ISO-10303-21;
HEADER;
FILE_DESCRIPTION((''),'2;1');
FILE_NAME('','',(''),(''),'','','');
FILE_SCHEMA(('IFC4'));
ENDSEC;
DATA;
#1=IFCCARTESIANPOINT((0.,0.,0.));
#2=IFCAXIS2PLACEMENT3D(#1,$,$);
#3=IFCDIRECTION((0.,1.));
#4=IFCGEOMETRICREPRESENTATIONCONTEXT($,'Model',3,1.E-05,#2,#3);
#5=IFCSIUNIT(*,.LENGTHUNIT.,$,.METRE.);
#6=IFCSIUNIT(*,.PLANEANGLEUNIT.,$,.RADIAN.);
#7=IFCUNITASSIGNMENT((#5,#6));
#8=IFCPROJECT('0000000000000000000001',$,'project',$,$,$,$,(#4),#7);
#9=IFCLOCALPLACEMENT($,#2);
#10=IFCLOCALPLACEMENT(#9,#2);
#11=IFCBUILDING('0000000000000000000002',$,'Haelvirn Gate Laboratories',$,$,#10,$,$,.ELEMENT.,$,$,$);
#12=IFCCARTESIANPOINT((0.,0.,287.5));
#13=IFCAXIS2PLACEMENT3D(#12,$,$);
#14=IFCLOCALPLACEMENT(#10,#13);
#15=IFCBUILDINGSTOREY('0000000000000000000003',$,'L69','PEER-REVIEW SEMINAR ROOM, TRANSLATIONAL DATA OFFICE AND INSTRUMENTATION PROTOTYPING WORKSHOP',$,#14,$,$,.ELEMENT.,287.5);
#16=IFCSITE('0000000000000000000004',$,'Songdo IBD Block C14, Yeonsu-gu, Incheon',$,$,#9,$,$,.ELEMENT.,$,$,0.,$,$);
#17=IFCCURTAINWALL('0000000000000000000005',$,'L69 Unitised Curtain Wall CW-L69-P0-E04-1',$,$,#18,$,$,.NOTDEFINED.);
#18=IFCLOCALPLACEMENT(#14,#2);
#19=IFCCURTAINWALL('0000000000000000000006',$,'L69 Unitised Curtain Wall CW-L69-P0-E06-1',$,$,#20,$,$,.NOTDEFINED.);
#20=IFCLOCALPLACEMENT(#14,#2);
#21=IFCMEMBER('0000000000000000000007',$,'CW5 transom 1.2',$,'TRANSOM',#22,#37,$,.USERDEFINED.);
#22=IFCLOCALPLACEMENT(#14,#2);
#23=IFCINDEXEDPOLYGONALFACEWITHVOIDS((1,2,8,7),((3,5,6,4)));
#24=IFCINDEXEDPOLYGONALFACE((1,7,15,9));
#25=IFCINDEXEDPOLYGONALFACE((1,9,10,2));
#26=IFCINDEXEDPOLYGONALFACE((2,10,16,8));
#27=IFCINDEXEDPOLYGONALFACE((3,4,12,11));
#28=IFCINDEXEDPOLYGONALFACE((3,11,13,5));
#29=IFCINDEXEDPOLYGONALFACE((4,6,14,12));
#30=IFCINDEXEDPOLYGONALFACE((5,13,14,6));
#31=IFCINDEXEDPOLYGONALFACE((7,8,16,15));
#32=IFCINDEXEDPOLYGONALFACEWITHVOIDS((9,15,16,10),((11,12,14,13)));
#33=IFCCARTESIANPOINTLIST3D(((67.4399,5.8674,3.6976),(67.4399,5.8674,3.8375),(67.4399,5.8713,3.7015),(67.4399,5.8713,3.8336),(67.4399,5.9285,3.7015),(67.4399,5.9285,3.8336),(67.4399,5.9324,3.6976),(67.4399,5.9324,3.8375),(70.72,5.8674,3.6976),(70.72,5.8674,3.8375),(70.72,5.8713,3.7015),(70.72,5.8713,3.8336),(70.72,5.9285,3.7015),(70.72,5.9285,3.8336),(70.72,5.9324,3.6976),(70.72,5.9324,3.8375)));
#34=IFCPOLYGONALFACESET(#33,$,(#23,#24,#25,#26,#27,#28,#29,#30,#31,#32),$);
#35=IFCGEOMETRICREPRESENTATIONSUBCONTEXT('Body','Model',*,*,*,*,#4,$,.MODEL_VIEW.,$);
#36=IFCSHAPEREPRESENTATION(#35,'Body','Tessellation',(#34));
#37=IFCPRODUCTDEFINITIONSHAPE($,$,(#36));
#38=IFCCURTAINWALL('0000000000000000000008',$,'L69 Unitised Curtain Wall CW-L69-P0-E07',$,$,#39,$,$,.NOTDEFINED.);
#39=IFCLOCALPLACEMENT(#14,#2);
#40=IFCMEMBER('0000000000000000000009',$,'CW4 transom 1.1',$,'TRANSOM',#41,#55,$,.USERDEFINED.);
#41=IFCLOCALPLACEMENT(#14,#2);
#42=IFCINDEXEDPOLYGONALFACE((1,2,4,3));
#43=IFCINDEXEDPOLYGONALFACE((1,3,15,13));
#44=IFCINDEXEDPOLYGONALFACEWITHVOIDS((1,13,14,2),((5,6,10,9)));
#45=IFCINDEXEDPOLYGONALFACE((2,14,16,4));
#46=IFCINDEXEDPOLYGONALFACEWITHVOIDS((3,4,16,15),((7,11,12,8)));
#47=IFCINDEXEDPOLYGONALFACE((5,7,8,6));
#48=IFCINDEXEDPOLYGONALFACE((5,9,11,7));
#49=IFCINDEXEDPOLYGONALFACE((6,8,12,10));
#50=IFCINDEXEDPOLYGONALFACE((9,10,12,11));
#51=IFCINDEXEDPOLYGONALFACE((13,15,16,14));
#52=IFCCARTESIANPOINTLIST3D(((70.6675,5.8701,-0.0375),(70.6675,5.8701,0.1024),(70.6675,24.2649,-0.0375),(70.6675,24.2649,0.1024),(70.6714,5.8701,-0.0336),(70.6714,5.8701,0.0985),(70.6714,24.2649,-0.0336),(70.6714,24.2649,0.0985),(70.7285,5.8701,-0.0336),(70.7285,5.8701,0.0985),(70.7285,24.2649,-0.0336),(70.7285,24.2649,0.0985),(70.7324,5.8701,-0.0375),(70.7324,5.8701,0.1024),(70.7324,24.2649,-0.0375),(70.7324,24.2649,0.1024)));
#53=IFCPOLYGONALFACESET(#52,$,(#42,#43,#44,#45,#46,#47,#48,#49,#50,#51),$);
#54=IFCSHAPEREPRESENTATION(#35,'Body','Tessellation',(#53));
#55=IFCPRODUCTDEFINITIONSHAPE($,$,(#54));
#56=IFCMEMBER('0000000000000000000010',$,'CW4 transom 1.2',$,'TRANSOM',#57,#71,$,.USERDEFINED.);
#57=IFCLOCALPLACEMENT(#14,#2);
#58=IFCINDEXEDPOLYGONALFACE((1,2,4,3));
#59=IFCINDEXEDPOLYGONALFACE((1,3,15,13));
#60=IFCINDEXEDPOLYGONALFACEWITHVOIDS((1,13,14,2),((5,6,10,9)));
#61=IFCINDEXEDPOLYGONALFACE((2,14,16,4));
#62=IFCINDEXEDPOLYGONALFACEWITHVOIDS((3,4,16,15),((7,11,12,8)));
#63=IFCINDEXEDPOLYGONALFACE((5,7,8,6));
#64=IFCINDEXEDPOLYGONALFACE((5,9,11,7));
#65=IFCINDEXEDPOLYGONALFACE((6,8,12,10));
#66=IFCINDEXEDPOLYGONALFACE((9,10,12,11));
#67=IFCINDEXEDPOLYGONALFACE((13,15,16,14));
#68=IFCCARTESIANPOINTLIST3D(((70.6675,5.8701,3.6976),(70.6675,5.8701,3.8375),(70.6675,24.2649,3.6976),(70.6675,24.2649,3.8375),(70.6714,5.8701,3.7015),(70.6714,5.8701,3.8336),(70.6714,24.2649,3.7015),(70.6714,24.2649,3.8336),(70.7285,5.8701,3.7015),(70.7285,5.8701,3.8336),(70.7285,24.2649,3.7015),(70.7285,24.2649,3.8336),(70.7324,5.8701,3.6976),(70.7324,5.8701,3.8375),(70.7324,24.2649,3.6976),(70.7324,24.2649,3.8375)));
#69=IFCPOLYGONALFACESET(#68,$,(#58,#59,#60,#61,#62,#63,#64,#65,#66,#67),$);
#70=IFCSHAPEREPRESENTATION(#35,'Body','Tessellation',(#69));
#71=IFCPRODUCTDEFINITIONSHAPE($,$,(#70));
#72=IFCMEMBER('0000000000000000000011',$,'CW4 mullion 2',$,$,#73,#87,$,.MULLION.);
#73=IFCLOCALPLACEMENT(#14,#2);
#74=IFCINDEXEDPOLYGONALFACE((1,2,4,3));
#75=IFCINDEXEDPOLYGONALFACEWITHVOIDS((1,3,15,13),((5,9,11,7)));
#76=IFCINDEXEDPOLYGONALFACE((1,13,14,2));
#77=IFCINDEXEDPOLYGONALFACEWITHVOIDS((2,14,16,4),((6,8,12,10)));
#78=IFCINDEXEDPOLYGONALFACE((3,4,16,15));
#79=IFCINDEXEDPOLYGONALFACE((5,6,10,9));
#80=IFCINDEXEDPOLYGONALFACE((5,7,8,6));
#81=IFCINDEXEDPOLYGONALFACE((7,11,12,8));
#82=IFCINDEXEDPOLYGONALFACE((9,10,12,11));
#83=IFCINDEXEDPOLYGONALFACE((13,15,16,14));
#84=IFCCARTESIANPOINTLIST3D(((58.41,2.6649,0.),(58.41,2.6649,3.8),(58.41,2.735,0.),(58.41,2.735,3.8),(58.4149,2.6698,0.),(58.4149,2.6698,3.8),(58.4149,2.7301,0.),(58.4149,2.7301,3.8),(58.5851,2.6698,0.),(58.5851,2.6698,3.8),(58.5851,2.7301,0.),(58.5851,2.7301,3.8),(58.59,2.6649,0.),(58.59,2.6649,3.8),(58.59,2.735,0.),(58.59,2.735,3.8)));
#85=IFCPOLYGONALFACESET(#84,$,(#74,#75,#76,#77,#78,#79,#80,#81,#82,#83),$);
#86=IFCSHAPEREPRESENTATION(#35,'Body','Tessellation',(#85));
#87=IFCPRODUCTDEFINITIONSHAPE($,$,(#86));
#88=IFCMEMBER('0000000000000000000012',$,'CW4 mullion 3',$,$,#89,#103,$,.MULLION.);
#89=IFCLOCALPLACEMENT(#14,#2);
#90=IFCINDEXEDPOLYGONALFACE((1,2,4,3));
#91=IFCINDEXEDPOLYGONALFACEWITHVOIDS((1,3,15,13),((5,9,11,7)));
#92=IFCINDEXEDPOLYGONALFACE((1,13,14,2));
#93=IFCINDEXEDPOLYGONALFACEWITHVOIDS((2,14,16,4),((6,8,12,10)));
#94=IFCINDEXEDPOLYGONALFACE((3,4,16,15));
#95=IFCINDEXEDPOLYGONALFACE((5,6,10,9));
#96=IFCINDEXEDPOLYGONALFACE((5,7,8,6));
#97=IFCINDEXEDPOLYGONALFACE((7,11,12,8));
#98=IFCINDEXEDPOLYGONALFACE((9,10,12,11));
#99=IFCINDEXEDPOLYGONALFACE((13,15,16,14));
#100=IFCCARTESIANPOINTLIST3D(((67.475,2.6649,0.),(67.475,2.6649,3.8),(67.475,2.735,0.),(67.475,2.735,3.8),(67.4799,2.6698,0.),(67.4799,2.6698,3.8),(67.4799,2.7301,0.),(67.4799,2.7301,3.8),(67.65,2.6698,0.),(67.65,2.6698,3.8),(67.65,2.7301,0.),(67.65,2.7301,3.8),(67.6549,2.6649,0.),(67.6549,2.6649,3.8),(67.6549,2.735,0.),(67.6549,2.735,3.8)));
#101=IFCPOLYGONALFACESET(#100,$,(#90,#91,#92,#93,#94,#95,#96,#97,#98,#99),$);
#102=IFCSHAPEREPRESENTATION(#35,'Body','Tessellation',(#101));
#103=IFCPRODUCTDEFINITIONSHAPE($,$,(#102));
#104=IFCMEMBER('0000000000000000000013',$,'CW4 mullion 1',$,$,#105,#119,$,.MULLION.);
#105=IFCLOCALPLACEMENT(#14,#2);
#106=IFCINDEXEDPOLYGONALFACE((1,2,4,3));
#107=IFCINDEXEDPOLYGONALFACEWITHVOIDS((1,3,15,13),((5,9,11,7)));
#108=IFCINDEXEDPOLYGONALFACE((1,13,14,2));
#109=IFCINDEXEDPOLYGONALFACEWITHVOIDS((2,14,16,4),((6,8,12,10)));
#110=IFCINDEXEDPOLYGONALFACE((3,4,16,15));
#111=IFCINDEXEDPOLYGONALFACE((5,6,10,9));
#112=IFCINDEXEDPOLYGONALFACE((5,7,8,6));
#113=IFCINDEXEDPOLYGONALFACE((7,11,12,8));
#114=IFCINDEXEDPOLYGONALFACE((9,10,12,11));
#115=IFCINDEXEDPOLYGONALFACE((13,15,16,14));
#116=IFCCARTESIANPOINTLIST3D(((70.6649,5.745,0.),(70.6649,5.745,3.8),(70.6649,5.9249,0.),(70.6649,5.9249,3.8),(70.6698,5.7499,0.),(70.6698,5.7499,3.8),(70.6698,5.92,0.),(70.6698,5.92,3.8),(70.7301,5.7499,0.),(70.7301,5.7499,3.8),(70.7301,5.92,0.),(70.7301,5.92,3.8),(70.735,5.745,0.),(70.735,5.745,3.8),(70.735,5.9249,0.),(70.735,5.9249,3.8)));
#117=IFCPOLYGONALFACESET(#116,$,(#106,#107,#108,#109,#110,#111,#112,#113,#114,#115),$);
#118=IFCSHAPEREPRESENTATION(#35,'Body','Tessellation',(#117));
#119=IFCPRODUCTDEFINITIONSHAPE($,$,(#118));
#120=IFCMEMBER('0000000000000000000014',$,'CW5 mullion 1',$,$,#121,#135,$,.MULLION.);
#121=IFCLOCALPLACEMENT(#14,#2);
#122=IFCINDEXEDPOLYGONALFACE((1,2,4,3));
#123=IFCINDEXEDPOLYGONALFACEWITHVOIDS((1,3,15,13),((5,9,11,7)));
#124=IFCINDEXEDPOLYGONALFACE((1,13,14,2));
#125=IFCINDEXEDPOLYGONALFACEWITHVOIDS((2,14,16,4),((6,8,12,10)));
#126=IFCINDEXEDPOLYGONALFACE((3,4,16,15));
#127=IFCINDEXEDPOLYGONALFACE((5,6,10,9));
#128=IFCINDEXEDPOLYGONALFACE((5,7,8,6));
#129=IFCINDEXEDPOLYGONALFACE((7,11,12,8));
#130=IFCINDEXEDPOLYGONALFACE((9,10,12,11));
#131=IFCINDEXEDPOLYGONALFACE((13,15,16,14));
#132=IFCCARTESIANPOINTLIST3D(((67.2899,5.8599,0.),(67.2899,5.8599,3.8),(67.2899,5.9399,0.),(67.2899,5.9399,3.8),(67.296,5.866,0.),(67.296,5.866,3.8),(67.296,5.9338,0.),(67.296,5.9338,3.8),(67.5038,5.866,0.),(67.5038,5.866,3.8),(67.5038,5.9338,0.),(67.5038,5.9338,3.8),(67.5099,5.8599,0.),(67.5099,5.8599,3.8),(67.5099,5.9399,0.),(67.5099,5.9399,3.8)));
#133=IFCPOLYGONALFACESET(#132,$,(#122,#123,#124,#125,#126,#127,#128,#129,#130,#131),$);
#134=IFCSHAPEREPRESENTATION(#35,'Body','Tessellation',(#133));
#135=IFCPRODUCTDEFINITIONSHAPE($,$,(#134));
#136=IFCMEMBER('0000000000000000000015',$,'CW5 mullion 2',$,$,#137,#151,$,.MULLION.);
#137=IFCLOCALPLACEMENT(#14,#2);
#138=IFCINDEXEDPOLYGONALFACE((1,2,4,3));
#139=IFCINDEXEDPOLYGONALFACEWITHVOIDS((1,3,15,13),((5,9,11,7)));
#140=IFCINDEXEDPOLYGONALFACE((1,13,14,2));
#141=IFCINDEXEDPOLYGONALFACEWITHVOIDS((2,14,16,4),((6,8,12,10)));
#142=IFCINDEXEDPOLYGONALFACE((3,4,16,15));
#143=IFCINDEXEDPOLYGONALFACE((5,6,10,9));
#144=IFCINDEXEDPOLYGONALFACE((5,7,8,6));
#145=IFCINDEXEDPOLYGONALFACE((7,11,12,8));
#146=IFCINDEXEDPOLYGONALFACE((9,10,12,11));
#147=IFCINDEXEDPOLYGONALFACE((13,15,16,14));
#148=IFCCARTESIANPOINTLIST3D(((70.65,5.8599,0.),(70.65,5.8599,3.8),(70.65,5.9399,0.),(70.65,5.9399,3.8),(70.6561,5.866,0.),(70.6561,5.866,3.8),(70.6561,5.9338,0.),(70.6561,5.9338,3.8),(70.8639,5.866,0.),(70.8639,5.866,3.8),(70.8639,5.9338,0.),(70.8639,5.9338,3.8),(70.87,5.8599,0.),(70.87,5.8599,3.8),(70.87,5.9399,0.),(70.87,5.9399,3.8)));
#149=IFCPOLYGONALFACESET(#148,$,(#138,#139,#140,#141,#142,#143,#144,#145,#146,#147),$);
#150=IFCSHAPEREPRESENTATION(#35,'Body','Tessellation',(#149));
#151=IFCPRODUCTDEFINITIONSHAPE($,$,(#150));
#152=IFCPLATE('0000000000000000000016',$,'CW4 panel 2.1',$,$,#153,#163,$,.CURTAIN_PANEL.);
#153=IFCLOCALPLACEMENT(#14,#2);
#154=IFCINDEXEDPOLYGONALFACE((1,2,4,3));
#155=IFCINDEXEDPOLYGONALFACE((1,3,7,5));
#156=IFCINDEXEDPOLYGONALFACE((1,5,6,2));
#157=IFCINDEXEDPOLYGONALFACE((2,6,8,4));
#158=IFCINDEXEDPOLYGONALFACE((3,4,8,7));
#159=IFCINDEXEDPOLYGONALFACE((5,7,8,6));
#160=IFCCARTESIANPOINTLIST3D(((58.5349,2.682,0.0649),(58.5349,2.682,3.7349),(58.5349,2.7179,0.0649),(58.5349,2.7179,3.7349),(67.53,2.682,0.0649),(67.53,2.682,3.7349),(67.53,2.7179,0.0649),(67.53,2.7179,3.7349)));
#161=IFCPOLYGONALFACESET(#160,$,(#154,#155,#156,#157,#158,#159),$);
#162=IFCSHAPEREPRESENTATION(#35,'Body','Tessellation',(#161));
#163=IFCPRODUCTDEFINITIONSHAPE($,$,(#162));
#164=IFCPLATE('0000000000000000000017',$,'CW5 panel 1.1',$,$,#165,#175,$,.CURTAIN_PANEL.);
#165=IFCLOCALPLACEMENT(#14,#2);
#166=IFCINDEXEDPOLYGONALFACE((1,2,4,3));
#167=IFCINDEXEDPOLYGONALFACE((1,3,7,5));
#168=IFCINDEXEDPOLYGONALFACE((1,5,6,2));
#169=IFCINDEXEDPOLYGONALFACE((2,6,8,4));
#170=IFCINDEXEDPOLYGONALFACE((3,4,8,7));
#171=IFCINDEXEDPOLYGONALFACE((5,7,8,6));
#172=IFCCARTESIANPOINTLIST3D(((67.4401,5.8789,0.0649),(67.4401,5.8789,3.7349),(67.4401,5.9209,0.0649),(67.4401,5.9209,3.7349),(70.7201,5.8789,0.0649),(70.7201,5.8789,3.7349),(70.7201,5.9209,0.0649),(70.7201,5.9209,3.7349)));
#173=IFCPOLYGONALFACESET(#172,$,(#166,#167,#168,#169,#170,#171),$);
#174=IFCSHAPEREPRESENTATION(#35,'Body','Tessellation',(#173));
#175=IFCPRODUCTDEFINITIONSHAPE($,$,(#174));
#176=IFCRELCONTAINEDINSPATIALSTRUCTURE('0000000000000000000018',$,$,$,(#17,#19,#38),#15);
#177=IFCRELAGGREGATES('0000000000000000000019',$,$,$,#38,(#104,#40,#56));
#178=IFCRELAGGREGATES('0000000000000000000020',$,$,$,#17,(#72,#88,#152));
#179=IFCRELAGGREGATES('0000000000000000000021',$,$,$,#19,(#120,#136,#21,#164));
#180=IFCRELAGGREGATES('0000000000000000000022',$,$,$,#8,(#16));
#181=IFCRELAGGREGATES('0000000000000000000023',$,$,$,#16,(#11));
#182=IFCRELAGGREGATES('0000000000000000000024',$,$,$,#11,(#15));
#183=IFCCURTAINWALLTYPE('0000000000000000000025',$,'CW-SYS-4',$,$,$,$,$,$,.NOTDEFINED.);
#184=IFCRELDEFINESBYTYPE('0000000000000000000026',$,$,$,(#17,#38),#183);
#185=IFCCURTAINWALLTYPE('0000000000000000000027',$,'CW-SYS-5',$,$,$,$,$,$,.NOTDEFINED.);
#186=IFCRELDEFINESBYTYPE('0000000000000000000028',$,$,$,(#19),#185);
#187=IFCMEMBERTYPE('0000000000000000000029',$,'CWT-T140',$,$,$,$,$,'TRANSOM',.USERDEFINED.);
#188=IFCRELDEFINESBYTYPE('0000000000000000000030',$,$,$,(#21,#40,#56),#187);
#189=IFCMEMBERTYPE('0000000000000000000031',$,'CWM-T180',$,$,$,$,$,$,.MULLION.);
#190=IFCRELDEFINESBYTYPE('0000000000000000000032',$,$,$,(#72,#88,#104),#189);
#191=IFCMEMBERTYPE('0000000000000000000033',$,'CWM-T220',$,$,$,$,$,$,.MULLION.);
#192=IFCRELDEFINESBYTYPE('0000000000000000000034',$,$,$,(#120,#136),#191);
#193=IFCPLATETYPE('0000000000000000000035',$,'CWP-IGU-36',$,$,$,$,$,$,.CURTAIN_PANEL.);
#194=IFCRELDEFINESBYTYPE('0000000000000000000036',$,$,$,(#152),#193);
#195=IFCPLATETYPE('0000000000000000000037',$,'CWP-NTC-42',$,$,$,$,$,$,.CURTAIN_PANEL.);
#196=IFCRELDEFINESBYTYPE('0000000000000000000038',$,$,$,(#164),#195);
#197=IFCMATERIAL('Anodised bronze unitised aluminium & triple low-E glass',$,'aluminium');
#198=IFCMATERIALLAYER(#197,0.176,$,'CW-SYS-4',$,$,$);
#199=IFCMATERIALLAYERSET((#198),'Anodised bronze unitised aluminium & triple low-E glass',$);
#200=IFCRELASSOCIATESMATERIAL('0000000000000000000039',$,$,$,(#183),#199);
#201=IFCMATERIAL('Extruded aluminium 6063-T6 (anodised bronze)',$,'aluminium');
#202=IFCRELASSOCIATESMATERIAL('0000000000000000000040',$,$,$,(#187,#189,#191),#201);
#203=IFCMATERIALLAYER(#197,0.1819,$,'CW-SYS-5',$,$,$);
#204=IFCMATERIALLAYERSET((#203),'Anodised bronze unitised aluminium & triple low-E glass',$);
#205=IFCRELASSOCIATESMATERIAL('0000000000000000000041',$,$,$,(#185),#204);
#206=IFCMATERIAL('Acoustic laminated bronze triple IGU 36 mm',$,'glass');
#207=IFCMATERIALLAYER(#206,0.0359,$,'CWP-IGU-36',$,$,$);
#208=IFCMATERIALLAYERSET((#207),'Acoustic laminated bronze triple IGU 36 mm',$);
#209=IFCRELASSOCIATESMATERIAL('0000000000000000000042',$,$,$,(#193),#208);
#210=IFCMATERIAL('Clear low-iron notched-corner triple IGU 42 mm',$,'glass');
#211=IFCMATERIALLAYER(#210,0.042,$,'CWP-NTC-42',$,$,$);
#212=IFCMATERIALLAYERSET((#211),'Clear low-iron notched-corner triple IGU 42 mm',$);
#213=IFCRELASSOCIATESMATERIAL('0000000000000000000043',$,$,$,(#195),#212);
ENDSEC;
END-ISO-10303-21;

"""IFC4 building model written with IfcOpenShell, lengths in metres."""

from ifc_helpers import new_model, si_unit, direction, frame, origin, origin_2d, place, context, subcontext, project, spatial, rectangle, hollow_rectangle, extrude, source, transform, mapped, material, layer, layer_set, material_profile, profile_set, type_object, type_shapes, element, aggregate, save


model = new_model("IFC4")

# Units and contexts
model_context = context("Model", 3, precision=1e-05, world=origin(), true_north=direction((0.0, 1.0)))
body_context = subcontext(model_context, "Body", "Model", "MODEL_VIEW")
ifc_project = project(units=[si_unit("LENGTHUNIT", "METRE"), si_unit("PLANEANGLEUNIT", "RADIAN")], contexts=[model_context])

# Site, building, storey
site_placement = place(None, origin())
site = spatial("IfcSite", under=ifc_project, at=site_placement, Name="Songdo IBD Block C14, Yeonsu-gu, Incheon", CompositionType="ELEMENT", RefElevation=0.0)
building_placement = place(site_placement, origin())
building = spatial("IfcBuilding", under=site, at=building_placement, Name="Haelvirn Gate Laboratories", CompositionType="ELEMENT")
storey_placement = place(building_placement, frame((0.0, 0.0, 287.5)))
storey = spatial("IfcBuildingStorey", under=building, at=storey_placement, Name="L69", Description="PEER-REVIEW SEMINAR ROOM, TRANSLATIONAL DATA OFFICE AND INSTRUMENTATION PROTOTYPING WORKSHOP", CompositionType="ELEMENT", Elevation=287.5)

# Curtain walls, members
ifc_material_1 = material(Name="Anodised bronze unitised aluminium & triple low-E glass", Category="aluminium")
ifc_layer_1 = layer(ifc_material_1, 0.176, Name="CW-SYS-4")
ifc_layer_set_1 = layer_set([ifc_layer_1], Name="Anodised bronze unitised aluminium & triple low-E glass")
curtain_wall_type_1 = type_object("IfcCurtainWallType", Name="CW-SYS-4", PredefinedType="NOTDEFINED", material=ifc_layer_set_1)
curtain_wall_1_placement = place(storey_placement, origin())
curtain_wall_1 = element("IfcCurtainWall", 1, at=curtain_wall_1_placement, inside=storey, type_object=curtain_wall_type_1, Name="L69 Unitised Curtain Wall CW-L69-P0-E04-1", PredefinedType="NOTDEFINED")
ifc_material_2 = material(Name="Extruded aluminium 6063-T6 (anodised bronze)", Category="aluminium")
ifc_material_profile_1 = material_profile(ifc_material_2, hollow_rectangle(XDim=0.0649, YDim=0.1399, WallThickness=0.0039, at=origin_2d()), Name="CWT-140x65x4")
ifc_profile_set_1 = profile_set([ifc_material_profile_1], Name="Extruded aluminium 6063-T6 (anodised bronze)")
member_type_1 = type_object("IfcMemberType", Name="CWT-T140", ElementType="TRANSOM", PredefinedType="USERDEFINED", material=ifc_profile_set_1)
ifc_layer_2 = layer(ifc_material_1, 0.1819, Name="CW-SYS-5")
ifc_layer_set_2 = layer_set([ifc_layer_2], Name="Anodised bronze unitised aluminium & triple low-E glass")
curtain_wall_type_2 = type_object("IfcCurtainWallType", Name="CW-SYS-5", PredefinedType="NOTDEFINED", material=ifc_layer_set_2)
curtain_wall_2_placement = place(storey_placement, origin())
curtain_wall_2 = element("IfcCurtainWall", 2, at=curtain_wall_2_placement, inside=storey, type_object=curtain_wall_type_2, Name="L69 Unitised Curtain Wall CW-L69-P0-E06-1", PredefinedType="NOTDEFINED")
shared_shape_1 = source(origin(), body_context, "Body", "SweptSolid", [
    extrude(hollow_rectangle(XDim=0.0649, YDim=0.1399, WallThickness=0.0039, at=origin_2d()), origin(), (0.0, 0.0, 1.0), 3.28),
])
member_1_placement = place(storey_placement, frame((67.4399, 5.8999, 3.7676), z_axis=(1.0, 0.0, 0.0), x_axis=(0.0, 1.0, 0.0)))
member_1 = element("IfcMember", 3, at=member_1_placement, type_object=member_type_1, Name="CW5 transom 1.2", ObjectType="TRANSOM", PredefinedType="USERDEFINED", context=body_context, shape_type="MappedRepresentation", body=[
    mapped(shared_shape_1, transform((0.0, 0.0, 0.0), scale=1.0)),
])
curtain_wall_3_placement = place(storey_placement, origin())
curtain_wall_3 = element("IfcCurtainWall", 4, at=curtain_wall_3_placement, inside=storey, type_object=curtain_wall_type_1, Name="L69 Unitised Curtain Wall CW-L69-P0-E07", PredefinedType="NOTDEFINED")
shared_shape_2 = source(origin(), body_context, "Body", "SweptSolid", [
    extrude(hollow_rectangle(XDim=0.0649, YDim=0.1399, WallThickness=0.0039, at=origin_2d()), origin(), (0.0, 0.0, 1.0), 18.3948),
])
member_2_placement = place(storey_placement, frame((70.7, 5.8701, 0.0325), z_axis=(0.0, 1.0, 0.0), x_axis=(-1.0, 0.0, 0.0)))
member_2 = element("IfcMember", 5, at=member_2_placement, type_object=member_type_1, Name="CW4 transom 1.1", ObjectType="TRANSOM", PredefinedType="USERDEFINED", context=body_context, shape_type="MappedRepresentation", body=[
    mapped(shared_shape_2, transform((0.0, 0.0, 0.0), scale=1.0)),
])
member_3_placement = place(storey_placement, frame((70.7, 5.8701, 3.7676), z_axis=(0.0, 1.0, 0.0), x_axis=(-1.0, 0.0, 0.0)))
member_3 = element("IfcMember", 6, at=member_3_placement, type_object=member_type_1, Name="CW4 transom 1.2", ObjectType="TRANSOM", PredefinedType="USERDEFINED", context=body_context, shape_type="MappedRepresentation", body=[
    mapped(shared_shape_2, transform((0.0, 0.0, 0.0), scale=1.0)),
])

# Members
ifc_material_profile_2 = material_profile(ifc_material_2, hollow_rectangle(XDim=0.0701, YDim=0.1799, WallThickness=0.0049, at=origin_2d()), Name="CWM-180x70x5")
ifc_profile_set_2 = profile_set([ifc_material_profile_2], Name="Extruded aluminium 6063-T6 (anodised bronze)")
member_type_2 = type_object("IfcMemberType", Name="CWM-T180", PredefinedType="MULLION", material=ifc_profile_set_2)
shared_shape_3 = source(origin(), body_context, "Body", "SweptSolid", [
    extrude(hollow_rectangle(XDim=0.0701, YDim=0.1799, WallThickness=0.0049, at=origin_2d()), origin(), (0.0, 0.0, 1.0), 3.8),
])
type_shapes(member_type_2, [shared_shape_3])
member_4_placement = place(storey_placement, frame((58.5, 2.7, 0.0), z_axis=(0.0, 0.0, 1.0), x_axis=(0.0, 1.0, 0.0)))
member_4 = element("IfcMember", 7, at=member_4_placement, type_object=member_type_2, Name="CW4 mullion 2", PredefinedType="MULLION", context=body_context, shape_type="MappedRepresentation", body=[
    mapped(shared_shape_3, transform((0.0, 0.0, 0.0), scale=1.0)),
])
member_5_placement = place(storey_placement, frame((67.5649, 2.7, 0.0), z_axis=(0.0, 0.0, 1.0), x_axis=(0.0, 1.0, 0.0)))
member_5 = element("IfcMember", 8, at=member_5_placement, type_object=member_type_2, Name="CW4 mullion 3", PredefinedType="MULLION", context=body_context, shape_type="MappedRepresentation", body=[
    mapped(shared_shape_3, transform((0.0, 0.0, 0.0), scale=1.0)),
])
member_6_placement = place(storey_placement, frame((70.7, 5.835, 0.0), z_axis=(0.0, 0.0, 1.0), x_axis=(-1.0, 0.0, 0.0)))
member_6 = element("IfcMember", 9, at=member_6_placement, type_object=member_type_2, Name="CW4 mullion 1", PredefinedType="MULLION", context=body_context, shape_type="MappedRepresentation", body=[
    mapped(shared_shape_3, transform((0.0, 0.0, 0.0), scale=1.0)),
])
aggregate(curtain_wall_3, [member_6, member_2, member_3])
ifc_material_profile_3 = material_profile(ifc_material_2, hollow_rectangle(XDim=0.0801, YDim=0.22, WallThickness=0.0061, at=origin_2d()), Name="CWM-220x80x6")
ifc_profile_set_3 = profile_set([ifc_material_profile_3], Name="Extruded aluminium 6063-T6 (anodised bronze)")
member_type_3 = type_object("IfcMemberType", Name="CWM-T220", PredefinedType="MULLION", material=ifc_profile_set_3)
shared_shape_4 = source(origin(), body_context, "Body", "SweptSolid", [
    extrude(hollow_rectangle(XDim=0.0801, YDim=0.22, WallThickness=0.0061, at=origin_2d()), origin(), (0.0, 0.0, 1.0), 3.8),
])
type_shapes(member_type_3, [shared_shape_4])
member_7_placement = place(storey_placement, frame((67.3999, 5.8999, 0.0), z_axis=(0.0, 0.0, 1.0), x_axis=(0.0, 1.0, 0.0)))
member_7 = element("IfcMember", 10, at=member_7_placement, type_object=member_type_3, Name="CW5 mullion 1", PredefinedType="MULLION", context=body_context, shape_type="MappedRepresentation", body=[
    mapped(shared_shape_4, transform((0.0, 0.0, 0.0), scale=1.0)),
])
member_8_placement = place(storey_placement, frame((70.76, 5.8999, 0.0), z_axis=(0.0, 0.0, 1.0), x_axis=(0.0, 1.0, 0.0)))
member_8 = element("IfcMember", 11, at=member_8_placement, type_object=member_type_3, Name="CW5 mullion 2", PredefinedType="MULLION", context=body_context, shape_type="MappedRepresentation", body=[
    mapped(shared_shape_4, transform((0.0, 0.0, 0.0), scale=1.0)),
])

# Plates
ifc_material_3 = material(Name="Acoustic laminated bronze triple IGU 36 mm", Category="glass")
ifc_layer_3 = layer(ifc_material_3, 0.0359, Name="CWP-IGU-36")
ifc_layer_set_3 = layer_set([ifc_layer_3], Name="Acoustic laminated bronze triple IGU 36 mm")
plate_type_1 = type_object("IfcPlateType", Name="CWP-IGU-36", PredefinedType="CURTAIN_PANEL", material=ifc_layer_set_3)
shared_shape_5 = source(origin(), body_context, "Body", "SweptSolid", [
    extrude(rectangle(XDim=8.9951, YDim=0.0359, at=origin_2d()), origin(), (0.0, 0.0, 1.0), 3.6699),
])
type_shapes(plate_type_1, [shared_shape_5])
plate_1_placement = place(storey_placement, frame((63.0325, 2.7, 0.0649), z_axis=(0.0, 0.0, 1.0), x_axis=(1.0, 0.0, 0.0)))
plate_1 = element("IfcPlate", 12, at=plate_1_placement, type_object=plate_type_1, Name="CW4 panel 2.1", PredefinedType="CURTAIN_PANEL", context=body_context, shape_type="MappedRepresentation", body=[
    mapped(shared_shape_5, transform((0.0, 0.0, 0.0), scale=1.0)),
])
aggregate(curtain_wall_1, [member_4, member_5, plate_1])
ifc_material_4 = material(Name="Clear low-iron notched-corner triple IGU 42 mm", Category="glass")
ifc_layer_4 = layer(ifc_material_4, 0.042, Name="CWP-NTC-42")
ifc_layer_set_4 = layer_set([ifc_layer_4], Name="Clear low-iron notched-corner triple IGU 42 mm")
plate_type_2 = type_object("IfcPlateType", Name="CWP-NTC-42", PredefinedType="CURTAIN_PANEL", material=ifc_layer_set_4)
shared_shape_6 = source(origin(), body_context, "Body", "SweptSolid", [
    extrude(rectangle(XDim=3.28, YDim=0.042, at=origin_2d()), origin(), (0.0, 0.0, 1.0), 3.6699),
])
type_shapes(plate_type_2, [shared_shape_6])
plate_2_placement = place(storey_placement, frame((69.0801, 5.8999, 0.0649), z_axis=(0.0, 0.0, 1.0), x_axis=(1.0, 0.0, 0.0)))
plate_2 = element("IfcPlate", 13, at=plate_2_placement, type_object=plate_type_2, Name="CW5 panel 1.1", PredefinedType="CURTAIN_PANEL", context=body_context, shape_type="MappedRepresentation", body=[
    mapped(shared_shape_6, transform((0.0, 0.0, 0.0), scale=1.0)),
])
aggregate(curtain_wall_2, [member_7, member_8, member_1, plate_2])

save(model, "model.ifc")
